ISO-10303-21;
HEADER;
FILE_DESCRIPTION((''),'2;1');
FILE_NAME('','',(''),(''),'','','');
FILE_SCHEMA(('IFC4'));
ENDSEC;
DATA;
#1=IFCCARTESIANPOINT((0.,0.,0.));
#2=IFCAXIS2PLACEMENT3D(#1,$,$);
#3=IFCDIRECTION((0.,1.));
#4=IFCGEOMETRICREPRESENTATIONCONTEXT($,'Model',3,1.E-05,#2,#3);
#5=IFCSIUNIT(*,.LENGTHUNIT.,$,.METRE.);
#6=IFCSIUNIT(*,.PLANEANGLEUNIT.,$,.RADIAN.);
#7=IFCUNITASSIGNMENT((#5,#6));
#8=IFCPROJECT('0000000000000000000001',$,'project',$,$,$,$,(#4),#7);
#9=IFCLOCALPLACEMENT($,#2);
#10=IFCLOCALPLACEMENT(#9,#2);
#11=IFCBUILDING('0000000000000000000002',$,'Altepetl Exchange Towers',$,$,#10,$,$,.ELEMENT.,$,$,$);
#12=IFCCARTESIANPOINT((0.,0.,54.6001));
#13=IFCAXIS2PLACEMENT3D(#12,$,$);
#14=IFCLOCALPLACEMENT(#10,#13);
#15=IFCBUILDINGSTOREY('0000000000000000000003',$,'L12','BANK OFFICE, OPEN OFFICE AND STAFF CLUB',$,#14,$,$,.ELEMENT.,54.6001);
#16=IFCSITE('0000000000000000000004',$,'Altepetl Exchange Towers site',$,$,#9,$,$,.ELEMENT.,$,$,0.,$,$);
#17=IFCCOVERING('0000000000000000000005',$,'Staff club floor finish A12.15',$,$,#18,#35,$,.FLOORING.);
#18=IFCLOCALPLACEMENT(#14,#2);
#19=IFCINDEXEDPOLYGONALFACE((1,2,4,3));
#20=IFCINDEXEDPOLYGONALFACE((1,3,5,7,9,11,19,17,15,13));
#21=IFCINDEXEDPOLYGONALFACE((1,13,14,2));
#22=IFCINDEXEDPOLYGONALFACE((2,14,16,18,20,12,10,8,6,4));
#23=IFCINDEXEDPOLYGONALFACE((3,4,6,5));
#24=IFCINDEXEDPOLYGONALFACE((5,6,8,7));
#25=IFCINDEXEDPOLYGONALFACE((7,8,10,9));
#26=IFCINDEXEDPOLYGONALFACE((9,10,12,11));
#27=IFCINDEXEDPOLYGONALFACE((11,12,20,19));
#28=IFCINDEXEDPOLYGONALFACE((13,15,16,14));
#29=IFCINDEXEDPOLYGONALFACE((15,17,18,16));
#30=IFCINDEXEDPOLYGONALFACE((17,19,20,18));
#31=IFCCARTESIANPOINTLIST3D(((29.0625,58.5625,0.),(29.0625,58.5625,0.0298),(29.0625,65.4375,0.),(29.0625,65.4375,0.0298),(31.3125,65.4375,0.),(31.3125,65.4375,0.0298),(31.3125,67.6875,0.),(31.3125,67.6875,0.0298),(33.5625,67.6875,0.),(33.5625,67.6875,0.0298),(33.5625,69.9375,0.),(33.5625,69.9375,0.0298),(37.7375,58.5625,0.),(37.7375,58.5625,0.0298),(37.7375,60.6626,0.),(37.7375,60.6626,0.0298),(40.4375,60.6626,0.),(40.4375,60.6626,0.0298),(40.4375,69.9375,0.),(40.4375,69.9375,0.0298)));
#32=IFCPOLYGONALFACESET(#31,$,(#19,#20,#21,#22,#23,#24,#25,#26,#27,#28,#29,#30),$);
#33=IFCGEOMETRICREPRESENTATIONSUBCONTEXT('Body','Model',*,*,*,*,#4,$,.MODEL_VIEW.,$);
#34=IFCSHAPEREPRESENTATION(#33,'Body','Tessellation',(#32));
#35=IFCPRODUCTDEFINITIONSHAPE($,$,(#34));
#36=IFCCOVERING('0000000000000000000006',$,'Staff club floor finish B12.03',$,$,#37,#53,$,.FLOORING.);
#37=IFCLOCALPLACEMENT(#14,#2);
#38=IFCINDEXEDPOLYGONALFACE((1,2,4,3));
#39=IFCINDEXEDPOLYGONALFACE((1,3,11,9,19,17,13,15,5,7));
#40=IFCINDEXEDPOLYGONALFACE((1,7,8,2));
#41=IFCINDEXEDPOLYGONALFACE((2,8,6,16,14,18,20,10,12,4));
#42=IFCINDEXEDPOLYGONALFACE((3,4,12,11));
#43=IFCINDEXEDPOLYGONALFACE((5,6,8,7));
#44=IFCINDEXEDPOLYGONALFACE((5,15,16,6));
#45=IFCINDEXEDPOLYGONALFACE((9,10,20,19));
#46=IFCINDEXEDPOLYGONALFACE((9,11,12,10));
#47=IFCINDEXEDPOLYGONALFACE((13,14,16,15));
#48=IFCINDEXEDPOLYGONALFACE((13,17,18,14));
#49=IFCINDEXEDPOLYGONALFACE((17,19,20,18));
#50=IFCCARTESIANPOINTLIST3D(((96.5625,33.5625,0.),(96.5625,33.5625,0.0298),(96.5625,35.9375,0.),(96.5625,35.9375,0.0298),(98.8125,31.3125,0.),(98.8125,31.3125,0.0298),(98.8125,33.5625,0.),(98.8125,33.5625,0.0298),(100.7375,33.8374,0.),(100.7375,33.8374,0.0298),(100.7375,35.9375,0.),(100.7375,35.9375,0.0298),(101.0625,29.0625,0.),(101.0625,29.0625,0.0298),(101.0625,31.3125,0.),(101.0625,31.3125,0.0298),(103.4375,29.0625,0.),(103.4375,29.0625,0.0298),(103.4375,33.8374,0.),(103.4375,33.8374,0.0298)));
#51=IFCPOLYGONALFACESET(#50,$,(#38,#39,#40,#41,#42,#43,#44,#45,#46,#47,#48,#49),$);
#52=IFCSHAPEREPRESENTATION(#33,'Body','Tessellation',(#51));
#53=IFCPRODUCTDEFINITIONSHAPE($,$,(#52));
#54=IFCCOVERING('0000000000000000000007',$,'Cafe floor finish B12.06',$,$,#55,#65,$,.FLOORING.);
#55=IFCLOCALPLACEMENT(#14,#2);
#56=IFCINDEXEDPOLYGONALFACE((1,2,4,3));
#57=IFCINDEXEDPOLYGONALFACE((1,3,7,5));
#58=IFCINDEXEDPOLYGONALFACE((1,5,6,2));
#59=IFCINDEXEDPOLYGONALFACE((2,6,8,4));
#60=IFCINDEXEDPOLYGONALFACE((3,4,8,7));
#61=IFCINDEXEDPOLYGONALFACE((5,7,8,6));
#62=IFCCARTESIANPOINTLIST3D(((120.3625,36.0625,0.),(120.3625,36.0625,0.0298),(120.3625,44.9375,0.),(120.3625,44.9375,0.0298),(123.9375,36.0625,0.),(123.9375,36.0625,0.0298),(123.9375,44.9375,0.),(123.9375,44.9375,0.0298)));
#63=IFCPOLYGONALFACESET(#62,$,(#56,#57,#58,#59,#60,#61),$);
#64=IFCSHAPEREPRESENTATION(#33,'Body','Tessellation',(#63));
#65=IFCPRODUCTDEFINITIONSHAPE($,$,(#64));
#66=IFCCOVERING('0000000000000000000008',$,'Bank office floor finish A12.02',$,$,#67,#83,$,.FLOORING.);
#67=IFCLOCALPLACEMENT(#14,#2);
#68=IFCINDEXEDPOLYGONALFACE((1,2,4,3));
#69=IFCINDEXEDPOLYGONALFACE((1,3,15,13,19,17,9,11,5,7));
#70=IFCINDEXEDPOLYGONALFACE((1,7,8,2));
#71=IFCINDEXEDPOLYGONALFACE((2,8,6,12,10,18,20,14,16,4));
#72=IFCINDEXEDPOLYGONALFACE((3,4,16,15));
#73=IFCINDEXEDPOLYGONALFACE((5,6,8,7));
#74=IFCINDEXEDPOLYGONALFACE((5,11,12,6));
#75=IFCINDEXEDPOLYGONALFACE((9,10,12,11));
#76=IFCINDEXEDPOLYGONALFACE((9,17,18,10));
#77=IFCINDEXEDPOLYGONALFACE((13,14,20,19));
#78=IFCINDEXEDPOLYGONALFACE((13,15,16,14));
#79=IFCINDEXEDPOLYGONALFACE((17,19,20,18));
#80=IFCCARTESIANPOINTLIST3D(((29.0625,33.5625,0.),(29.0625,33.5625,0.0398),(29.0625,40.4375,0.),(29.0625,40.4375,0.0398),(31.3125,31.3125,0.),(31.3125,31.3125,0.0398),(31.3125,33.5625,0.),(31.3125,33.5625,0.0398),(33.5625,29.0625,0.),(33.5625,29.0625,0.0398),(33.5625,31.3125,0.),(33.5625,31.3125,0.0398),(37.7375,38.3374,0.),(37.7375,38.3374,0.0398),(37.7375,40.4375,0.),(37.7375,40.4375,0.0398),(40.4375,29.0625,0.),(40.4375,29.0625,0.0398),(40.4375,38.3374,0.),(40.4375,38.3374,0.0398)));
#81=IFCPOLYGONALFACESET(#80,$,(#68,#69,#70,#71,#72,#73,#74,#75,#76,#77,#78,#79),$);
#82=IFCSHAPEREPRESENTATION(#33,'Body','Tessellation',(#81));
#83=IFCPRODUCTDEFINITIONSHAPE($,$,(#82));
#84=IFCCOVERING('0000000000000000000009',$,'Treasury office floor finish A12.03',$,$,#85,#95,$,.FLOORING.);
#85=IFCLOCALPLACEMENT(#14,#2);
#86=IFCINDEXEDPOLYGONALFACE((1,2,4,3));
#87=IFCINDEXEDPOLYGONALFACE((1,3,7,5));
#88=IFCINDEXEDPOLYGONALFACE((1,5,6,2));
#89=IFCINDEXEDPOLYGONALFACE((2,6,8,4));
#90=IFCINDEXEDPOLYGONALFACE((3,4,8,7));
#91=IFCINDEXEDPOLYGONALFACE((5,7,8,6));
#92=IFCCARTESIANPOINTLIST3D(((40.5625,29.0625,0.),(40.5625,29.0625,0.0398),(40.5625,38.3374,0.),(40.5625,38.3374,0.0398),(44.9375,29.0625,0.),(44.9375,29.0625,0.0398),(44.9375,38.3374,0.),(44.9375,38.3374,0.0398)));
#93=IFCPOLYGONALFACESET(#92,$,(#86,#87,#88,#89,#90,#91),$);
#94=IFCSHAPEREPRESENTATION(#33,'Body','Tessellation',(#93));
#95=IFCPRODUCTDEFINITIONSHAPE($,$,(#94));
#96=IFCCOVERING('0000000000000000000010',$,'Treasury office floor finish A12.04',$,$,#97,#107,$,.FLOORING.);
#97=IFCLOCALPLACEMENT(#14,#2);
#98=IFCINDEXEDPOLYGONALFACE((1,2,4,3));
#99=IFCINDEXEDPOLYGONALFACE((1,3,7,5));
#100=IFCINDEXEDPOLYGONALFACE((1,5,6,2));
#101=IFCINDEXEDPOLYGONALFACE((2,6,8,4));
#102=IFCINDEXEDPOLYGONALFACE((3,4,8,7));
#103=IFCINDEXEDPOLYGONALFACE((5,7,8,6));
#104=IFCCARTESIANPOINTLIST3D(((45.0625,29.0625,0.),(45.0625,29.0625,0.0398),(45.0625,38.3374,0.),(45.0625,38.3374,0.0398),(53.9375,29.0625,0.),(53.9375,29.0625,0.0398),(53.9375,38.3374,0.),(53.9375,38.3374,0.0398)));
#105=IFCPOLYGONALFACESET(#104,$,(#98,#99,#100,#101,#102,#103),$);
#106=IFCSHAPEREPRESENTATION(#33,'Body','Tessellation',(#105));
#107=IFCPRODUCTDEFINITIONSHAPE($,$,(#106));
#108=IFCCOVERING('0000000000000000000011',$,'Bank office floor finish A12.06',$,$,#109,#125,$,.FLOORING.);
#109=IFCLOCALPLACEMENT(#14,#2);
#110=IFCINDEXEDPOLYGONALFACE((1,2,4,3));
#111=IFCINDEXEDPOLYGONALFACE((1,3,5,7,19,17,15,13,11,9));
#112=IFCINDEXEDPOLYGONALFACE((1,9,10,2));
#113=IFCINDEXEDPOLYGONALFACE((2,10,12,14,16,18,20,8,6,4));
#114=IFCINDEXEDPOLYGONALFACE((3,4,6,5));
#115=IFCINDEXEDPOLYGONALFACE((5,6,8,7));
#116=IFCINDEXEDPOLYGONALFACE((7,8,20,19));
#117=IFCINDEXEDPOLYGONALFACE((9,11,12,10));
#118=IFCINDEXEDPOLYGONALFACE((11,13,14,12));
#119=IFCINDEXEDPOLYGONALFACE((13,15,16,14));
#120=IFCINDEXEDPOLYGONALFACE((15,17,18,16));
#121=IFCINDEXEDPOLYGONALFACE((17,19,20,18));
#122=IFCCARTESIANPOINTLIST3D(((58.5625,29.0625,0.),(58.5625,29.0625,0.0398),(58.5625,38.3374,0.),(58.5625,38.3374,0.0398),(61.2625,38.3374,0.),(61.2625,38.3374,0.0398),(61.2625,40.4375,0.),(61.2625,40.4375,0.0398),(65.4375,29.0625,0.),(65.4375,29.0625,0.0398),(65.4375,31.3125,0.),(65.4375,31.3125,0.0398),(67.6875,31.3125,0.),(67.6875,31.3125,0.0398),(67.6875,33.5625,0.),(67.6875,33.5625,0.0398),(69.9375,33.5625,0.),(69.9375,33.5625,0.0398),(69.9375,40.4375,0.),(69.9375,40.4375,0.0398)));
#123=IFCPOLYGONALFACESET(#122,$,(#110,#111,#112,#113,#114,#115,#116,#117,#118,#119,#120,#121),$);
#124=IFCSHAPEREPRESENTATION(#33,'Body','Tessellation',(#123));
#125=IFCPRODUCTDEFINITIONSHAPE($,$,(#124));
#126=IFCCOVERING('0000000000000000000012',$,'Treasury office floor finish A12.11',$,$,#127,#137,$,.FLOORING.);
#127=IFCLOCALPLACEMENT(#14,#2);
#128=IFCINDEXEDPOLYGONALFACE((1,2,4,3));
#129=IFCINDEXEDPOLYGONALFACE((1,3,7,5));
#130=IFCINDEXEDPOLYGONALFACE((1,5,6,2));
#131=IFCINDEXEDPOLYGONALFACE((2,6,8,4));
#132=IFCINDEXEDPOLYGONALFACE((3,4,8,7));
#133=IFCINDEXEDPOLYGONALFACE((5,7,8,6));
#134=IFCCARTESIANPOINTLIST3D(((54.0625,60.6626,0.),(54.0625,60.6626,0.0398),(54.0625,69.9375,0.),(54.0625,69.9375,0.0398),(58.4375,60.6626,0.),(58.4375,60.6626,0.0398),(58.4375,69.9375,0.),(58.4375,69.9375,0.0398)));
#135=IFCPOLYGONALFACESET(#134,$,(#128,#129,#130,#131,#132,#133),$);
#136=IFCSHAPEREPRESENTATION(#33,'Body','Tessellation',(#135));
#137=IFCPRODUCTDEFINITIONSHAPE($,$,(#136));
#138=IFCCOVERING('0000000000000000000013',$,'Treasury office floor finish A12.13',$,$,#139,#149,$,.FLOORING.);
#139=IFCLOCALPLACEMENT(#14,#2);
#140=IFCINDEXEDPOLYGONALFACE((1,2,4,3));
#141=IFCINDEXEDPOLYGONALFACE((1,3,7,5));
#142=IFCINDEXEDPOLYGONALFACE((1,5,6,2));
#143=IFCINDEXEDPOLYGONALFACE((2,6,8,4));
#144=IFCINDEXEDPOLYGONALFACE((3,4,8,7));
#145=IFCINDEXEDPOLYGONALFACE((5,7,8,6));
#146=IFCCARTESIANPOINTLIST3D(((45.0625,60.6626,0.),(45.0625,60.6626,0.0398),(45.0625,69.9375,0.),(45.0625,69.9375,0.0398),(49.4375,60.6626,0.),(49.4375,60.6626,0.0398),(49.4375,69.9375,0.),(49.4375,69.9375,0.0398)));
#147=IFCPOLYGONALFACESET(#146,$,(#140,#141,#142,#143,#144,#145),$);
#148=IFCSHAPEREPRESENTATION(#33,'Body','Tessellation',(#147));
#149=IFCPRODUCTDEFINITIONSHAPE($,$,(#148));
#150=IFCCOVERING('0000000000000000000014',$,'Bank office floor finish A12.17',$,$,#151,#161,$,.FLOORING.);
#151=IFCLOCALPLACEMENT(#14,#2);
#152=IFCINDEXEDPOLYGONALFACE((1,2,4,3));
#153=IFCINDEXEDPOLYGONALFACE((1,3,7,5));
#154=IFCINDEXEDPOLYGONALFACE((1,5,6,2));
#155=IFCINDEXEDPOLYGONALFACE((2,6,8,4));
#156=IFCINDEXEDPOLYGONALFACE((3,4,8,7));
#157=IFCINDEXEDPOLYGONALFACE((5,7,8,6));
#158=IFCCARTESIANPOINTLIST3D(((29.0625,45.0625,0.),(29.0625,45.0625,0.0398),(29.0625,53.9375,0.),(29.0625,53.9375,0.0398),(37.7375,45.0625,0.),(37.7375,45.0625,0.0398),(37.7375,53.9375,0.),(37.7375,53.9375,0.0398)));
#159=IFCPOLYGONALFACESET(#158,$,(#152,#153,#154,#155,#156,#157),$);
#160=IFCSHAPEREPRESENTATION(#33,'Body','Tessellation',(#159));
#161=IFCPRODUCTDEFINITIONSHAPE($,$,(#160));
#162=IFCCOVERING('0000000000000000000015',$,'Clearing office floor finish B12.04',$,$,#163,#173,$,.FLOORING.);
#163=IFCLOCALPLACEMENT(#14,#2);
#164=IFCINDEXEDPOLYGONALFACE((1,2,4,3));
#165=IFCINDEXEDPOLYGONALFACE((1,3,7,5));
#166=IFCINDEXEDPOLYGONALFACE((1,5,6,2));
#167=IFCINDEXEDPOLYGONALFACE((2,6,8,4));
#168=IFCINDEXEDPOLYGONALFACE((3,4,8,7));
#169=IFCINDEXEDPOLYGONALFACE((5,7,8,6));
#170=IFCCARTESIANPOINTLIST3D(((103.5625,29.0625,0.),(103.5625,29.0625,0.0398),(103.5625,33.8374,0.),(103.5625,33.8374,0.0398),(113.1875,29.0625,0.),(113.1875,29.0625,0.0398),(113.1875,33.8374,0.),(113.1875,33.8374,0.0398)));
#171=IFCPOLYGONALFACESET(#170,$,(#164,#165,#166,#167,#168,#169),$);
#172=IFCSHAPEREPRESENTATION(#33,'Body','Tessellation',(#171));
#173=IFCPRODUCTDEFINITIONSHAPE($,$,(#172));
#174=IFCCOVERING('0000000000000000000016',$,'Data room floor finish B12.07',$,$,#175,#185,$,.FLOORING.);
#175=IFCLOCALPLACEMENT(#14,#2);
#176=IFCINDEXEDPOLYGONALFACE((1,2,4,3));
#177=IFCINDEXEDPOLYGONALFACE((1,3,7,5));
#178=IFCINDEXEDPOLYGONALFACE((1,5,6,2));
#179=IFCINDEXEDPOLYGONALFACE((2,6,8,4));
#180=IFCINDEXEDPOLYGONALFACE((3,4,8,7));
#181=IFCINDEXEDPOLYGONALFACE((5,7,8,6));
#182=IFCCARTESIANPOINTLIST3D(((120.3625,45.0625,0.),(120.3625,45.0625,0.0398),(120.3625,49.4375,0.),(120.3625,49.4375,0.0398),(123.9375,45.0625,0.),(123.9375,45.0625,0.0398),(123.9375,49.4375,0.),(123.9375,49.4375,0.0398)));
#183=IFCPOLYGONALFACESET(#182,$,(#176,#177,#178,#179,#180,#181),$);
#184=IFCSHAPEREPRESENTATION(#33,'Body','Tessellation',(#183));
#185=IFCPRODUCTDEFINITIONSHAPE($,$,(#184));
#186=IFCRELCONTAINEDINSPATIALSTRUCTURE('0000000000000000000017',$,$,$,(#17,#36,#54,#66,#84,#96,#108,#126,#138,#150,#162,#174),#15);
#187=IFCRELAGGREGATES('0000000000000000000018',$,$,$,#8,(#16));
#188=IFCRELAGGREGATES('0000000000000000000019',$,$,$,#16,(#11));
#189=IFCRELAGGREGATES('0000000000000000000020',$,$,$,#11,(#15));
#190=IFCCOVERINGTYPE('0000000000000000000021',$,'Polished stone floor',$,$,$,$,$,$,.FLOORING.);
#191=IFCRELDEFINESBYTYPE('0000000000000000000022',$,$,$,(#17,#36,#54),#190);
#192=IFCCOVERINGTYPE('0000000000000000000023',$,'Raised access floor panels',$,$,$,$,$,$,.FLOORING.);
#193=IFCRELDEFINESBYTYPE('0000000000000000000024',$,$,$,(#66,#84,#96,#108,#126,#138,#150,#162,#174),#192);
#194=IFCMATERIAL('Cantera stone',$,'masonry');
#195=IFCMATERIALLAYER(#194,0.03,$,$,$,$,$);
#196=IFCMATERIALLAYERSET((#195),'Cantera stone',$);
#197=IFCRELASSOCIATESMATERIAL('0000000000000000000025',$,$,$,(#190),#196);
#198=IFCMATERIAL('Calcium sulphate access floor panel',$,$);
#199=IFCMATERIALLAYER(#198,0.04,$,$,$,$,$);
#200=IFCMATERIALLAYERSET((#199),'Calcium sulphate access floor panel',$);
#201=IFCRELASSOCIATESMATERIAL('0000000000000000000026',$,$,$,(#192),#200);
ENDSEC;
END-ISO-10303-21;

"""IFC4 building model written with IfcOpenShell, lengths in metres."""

from ifc_helpers import new_model, si_unit, direction, frame, origin, place, context, subcontext, project, spatial, polyline, outline, extrude, material, layer, layer_set, type_object, element, save


model = new_model("IFC4")

# Units and contexts
model_context = context("Model", 3, precision=1e-05, world=origin(), true_north=direction((0.0, 1.0)))
body_context = subcontext(model_context, "Body", "Model", "MODEL_VIEW")
ifc_project = project(units=[si_unit("LENGTHUNIT", "METRE"), si_unit("PLANEANGLEUNIT", "RADIAN")], contexts=[model_context])

# Site, building, storey
site_placement = place(None, origin())
site = spatial("IfcSite", under=ifc_project, at=site_placement, Name="Altepetl Exchange Towers site", CompositionType="ELEMENT", RefElevation=0.0)
building_placement = place(site_placement, origin())
building = spatial("IfcBuilding", under=site, at=building_placement, Name="Altepetl Exchange Towers", CompositionType="ELEMENT")
storey_placement = place(building_placement, frame((0.0, 0.0, 54.6001)))
storey = spatial("IfcBuildingStorey", under=building, at=storey_placement, Name="L12", Description="BANK OFFICE, OPEN OFFICE AND STAFF CLUB", CompositionType="ELEMENT", Elevation=54.6001)

# Coverings
ifc_material_1 = material(Name="Cantera stone", Category="masonry")
ifc_layer_1 = layer(ifc_material_1, 0.03)
ifc_layer_set_1 = layer_set([ifc_layer_1], Name="Cantera stone")
covering_type_1 = type_object("IfcCoveringType", Name="Polished stone floor", PredefinedType="FLOORING", material=ifc_layer_set_1)
covering_1_placement = place(storey_placement, origin())
element("IfcCovering", 1, at=covering_1_placement, inside=storey, type_object=covering_type_1, Name="Staff club floor finish A12.15", PredefinedType="FLOORING", context=body_context, shape_type="SweptSolid", body=[
    extrude(outline(polyline([(40.4375, 60.6626), (40.4375, 69.9375), (33.5625, 69.9375), (33.5625, 67.6875), (31.3125, 67.6875), (31.3125, 65.4375), (29.0625, 65.4375), (29.0625, 58.5625), (37.7375, 58.5625), (37.7375, 60.6626), (40.4375, 60.6626)])), origin(), (0.0, 0.0, 1.0), 0.0298),
])
covering_2_placement = place(storey_placement, origin())
element("IfcCovering", 2, at=covering_2_placement, inside=storey, type_object=covering_type_1, Name="Staff club floor finish B12.03", PredefinedType="FLOORING", context=body_context, shape_type="SweptSolid", body=[
    extrude(outline(polyline([(100.7375, 35.9375), (96.5625, 35.9375), (96.5625, 33.5625), (98.8125, 33.5625), (98.8125, 31.3125), (101.0625, 31.3125), (101.0625, 29.0625), (103.4375, 29.0625), (103.4375, 33.8374), (100.7375, 33.8374), (100.7375, 35.9375)])), origin(), (0.0, 0.0, 1.0), 0.0298),
])
covering_3_placement = place(storey_placement, origin())
element("IfcCovering", 3, at=covering_3_placement, inside=storey, type_object=covering_type_1, Name="Cafe floor finish B12.06", PredefinedType="FLOORING", context=body_context, shape_type="SweptSolid", body=[
    extrude(outline(polyline([(120.3625, 36.0625), (123.9375, 36.0625), (123.9375, 44.9375), (120.3625, 44.9375), (120.3625, 36.0625)])), origin(), (0.0, 0.0, 1.0), 0.0298),
])
ifc_material_2 = material(Name="Calcium sulphate access floor panel")
ifc_layer_2 = layer(ifc_material_2, 0.04)
ifc_layer_set_2 = layer_set([ifc_layer_2], Name="Calcium sulphate access floor panel")
covering_type_2 = type_object("IfcCoveringType", Name="Raised access floor panels", PredefinedType="FLOORING", material=ifc_layer_set_2)
covering_4_placement = place(storey_placement, origin())
element("IfcCovering", 4, at=covering_4_placement, inside=storey, type_object=covering_type_2, Name="Bank office floor finish A12.02", PredefinedType="FLOORING", context=body_context, shape_type="SweptSolid", body=[
    extrude(outline(polyline([(40.4375, 29.0625), (40.4375, 38.3374), (37.7375, 38.3374), (37.7375, 40.4375), (29.0625, 40.4375), (29.0625, 33.5625), (31.3125, 33.5625), (31.3125, 31.3125), (33.5625, 31.3125), (33.5625, 29.0625), (40.4375, 29.0625)])), origin(), (0.0, 0.0, 1.0), 0.0398),
])
covering_5_placement = place(storey_placement, origin())
element("IfcCovering", 5, at=covering_5_placement, inside=storey, type_object=covering_type_2, Name="Treasury office floor finish A12.03", PredefinedType="FLOORING", context=body_context, shape_type="SweptSolid", body=[
    extrude(outline(polyline([(44.9375, 29.0625), (44.9375, 38.3374), (40.5625, 38.3374), (40.5625, 29.0625), (44.9375, 29.0625)])), origin(), (0.0, 0.0, 1.0), 0.0398),
])
covering_6_placement = place(storey_placement, origin())
element("IfcCovering", 6, at=covering_6_placement, inside=storey, type_object=covering_type_2, Name="Treasury office floor finish A12.04", PredefinedType="FLOORING", context=body_context, shape_type="SweptSolid", body=[
    extrude(outline(polyline([(53.9375, 29.0625), (53.9375, 38.3374), (45.0625, 38.3374), (45.0625, 29.0625), (53.9375, 29.0625)])), origin(), (0.0, 0.0, 1.0), 0.0398),
])
covering_7_placement = place(storey_placement, origin())
element("IfcCovering", 7, at=covering_7_placement, inside=storey, type_object=covering_type_2, Name="Bank office floor finish A12.06", PredefinedType="FLOORING", context=body_context, shape_type="SweptSolid", body=[
    extrude(outline(polyline([(69.9375, 40.4375), (61.2625, 40.4375), (61.2625, 38.3374), (58.5625, 38.3374), (58.5625, 29.0625), (65.4375, 29.0625), (65.4375, 31.3125), (67.6875, 31.3125), (67.6875, 33.5625), (69.9375, 33.5625), (69.9375, 40.4375)])), origin(), (0.0, 0.0, 1.0), 0.0398),
])
covering_8_placement = place(storey_placement, origin())
element("IfcCovering", 8, at=covering_8_placement, inside=storey, type_object=covering_type_2, Name="Treasury office floor finish A12.11", PredefinedType="FLOORING", context=body_context, shape_type="SweptSolid", body=[
    extrude(outline(polyline([(54.0625, 69.9375), (54.0625, 60.6626), (58.4375, 60.6626), (58.4375, 69.9375), (54.0625, 69.9375)])), origin(), (0.0, 0.0, 1.0), 0.0398),
])
covering_9_placement = place(storey_placement, origin())
element("IfcCovering", 9, at=covering_9_placement, inside=storey, type_object=covering_type_2, Name="Treasury office floor finish A12.13", PredefinedType="FLOORING", context=body_context, shape_type="SweptSolid", body=[
    extrude(outline(polyline([(45.0625, 69.9375), (45.0625, 60.6626), (49.4375, 60.6626), (49.4375, 69.9375), (45.0625, 69.9375)])), origin(), (0.0, 0.0, 1.0), 0.0398),
])
covering_10_placement = place(storey_placement, origin())
element("IfcCovering", 10, at=covering_10_placement, inside=storey, type_object=covering_type_2, Name="Bank office floor finish A12.17", PredefinedType="FLOORING", context=body_context, shape_type="SweptSolid", body=[
    extrude(outline(polyline([(37.7375, 53.9375), (29.0625, 53.9375), (29.0625, 45.0625), (37.7375, 45.0625), (37.7375, 53.9375)])), origin(), (0.0, 0.0, 1.0), 0.0398),
])
covering_11_placement = place(storey_placement, origin())
element("IfcCovering", 11, at=covering_11_placement, inside=storey, type_object=covering_type_2, Name="Clearing office floor finish B12.04", PredefinedType="FLOORING", context=body_context, shape_type="SweptSolid", body=[
    extrude(outline(polyline([(113.1875, 33.8374), (103.5625, 33.8374), (103.5625, 29.0625), (113.1875, 29.0625), (113.1875, 33.8374)])), origin(), (0.0, 0.0, 1.0), 0.0398),
])
covering_12_placement = place(storey_placement, origin())
element("IfcCovering", 12, at=covering_12_placement, inside=storey, type_object=covering_type_2, Name="Data room floor finish B12.07", PredefinedType="FLOORING", context=body_context, shape_type="SweptSolid", body=[
    extrude(outline(polyline([(123.9375, 49.4375), (120.3625, 49.4375), (120.3625, 45.0625), (123.9375, 45.0625), (123.9375, 49.4375)])), origin(), (0.0, 0.0, 1.0), 0.0398),
])

save(model, "model.ifc")
